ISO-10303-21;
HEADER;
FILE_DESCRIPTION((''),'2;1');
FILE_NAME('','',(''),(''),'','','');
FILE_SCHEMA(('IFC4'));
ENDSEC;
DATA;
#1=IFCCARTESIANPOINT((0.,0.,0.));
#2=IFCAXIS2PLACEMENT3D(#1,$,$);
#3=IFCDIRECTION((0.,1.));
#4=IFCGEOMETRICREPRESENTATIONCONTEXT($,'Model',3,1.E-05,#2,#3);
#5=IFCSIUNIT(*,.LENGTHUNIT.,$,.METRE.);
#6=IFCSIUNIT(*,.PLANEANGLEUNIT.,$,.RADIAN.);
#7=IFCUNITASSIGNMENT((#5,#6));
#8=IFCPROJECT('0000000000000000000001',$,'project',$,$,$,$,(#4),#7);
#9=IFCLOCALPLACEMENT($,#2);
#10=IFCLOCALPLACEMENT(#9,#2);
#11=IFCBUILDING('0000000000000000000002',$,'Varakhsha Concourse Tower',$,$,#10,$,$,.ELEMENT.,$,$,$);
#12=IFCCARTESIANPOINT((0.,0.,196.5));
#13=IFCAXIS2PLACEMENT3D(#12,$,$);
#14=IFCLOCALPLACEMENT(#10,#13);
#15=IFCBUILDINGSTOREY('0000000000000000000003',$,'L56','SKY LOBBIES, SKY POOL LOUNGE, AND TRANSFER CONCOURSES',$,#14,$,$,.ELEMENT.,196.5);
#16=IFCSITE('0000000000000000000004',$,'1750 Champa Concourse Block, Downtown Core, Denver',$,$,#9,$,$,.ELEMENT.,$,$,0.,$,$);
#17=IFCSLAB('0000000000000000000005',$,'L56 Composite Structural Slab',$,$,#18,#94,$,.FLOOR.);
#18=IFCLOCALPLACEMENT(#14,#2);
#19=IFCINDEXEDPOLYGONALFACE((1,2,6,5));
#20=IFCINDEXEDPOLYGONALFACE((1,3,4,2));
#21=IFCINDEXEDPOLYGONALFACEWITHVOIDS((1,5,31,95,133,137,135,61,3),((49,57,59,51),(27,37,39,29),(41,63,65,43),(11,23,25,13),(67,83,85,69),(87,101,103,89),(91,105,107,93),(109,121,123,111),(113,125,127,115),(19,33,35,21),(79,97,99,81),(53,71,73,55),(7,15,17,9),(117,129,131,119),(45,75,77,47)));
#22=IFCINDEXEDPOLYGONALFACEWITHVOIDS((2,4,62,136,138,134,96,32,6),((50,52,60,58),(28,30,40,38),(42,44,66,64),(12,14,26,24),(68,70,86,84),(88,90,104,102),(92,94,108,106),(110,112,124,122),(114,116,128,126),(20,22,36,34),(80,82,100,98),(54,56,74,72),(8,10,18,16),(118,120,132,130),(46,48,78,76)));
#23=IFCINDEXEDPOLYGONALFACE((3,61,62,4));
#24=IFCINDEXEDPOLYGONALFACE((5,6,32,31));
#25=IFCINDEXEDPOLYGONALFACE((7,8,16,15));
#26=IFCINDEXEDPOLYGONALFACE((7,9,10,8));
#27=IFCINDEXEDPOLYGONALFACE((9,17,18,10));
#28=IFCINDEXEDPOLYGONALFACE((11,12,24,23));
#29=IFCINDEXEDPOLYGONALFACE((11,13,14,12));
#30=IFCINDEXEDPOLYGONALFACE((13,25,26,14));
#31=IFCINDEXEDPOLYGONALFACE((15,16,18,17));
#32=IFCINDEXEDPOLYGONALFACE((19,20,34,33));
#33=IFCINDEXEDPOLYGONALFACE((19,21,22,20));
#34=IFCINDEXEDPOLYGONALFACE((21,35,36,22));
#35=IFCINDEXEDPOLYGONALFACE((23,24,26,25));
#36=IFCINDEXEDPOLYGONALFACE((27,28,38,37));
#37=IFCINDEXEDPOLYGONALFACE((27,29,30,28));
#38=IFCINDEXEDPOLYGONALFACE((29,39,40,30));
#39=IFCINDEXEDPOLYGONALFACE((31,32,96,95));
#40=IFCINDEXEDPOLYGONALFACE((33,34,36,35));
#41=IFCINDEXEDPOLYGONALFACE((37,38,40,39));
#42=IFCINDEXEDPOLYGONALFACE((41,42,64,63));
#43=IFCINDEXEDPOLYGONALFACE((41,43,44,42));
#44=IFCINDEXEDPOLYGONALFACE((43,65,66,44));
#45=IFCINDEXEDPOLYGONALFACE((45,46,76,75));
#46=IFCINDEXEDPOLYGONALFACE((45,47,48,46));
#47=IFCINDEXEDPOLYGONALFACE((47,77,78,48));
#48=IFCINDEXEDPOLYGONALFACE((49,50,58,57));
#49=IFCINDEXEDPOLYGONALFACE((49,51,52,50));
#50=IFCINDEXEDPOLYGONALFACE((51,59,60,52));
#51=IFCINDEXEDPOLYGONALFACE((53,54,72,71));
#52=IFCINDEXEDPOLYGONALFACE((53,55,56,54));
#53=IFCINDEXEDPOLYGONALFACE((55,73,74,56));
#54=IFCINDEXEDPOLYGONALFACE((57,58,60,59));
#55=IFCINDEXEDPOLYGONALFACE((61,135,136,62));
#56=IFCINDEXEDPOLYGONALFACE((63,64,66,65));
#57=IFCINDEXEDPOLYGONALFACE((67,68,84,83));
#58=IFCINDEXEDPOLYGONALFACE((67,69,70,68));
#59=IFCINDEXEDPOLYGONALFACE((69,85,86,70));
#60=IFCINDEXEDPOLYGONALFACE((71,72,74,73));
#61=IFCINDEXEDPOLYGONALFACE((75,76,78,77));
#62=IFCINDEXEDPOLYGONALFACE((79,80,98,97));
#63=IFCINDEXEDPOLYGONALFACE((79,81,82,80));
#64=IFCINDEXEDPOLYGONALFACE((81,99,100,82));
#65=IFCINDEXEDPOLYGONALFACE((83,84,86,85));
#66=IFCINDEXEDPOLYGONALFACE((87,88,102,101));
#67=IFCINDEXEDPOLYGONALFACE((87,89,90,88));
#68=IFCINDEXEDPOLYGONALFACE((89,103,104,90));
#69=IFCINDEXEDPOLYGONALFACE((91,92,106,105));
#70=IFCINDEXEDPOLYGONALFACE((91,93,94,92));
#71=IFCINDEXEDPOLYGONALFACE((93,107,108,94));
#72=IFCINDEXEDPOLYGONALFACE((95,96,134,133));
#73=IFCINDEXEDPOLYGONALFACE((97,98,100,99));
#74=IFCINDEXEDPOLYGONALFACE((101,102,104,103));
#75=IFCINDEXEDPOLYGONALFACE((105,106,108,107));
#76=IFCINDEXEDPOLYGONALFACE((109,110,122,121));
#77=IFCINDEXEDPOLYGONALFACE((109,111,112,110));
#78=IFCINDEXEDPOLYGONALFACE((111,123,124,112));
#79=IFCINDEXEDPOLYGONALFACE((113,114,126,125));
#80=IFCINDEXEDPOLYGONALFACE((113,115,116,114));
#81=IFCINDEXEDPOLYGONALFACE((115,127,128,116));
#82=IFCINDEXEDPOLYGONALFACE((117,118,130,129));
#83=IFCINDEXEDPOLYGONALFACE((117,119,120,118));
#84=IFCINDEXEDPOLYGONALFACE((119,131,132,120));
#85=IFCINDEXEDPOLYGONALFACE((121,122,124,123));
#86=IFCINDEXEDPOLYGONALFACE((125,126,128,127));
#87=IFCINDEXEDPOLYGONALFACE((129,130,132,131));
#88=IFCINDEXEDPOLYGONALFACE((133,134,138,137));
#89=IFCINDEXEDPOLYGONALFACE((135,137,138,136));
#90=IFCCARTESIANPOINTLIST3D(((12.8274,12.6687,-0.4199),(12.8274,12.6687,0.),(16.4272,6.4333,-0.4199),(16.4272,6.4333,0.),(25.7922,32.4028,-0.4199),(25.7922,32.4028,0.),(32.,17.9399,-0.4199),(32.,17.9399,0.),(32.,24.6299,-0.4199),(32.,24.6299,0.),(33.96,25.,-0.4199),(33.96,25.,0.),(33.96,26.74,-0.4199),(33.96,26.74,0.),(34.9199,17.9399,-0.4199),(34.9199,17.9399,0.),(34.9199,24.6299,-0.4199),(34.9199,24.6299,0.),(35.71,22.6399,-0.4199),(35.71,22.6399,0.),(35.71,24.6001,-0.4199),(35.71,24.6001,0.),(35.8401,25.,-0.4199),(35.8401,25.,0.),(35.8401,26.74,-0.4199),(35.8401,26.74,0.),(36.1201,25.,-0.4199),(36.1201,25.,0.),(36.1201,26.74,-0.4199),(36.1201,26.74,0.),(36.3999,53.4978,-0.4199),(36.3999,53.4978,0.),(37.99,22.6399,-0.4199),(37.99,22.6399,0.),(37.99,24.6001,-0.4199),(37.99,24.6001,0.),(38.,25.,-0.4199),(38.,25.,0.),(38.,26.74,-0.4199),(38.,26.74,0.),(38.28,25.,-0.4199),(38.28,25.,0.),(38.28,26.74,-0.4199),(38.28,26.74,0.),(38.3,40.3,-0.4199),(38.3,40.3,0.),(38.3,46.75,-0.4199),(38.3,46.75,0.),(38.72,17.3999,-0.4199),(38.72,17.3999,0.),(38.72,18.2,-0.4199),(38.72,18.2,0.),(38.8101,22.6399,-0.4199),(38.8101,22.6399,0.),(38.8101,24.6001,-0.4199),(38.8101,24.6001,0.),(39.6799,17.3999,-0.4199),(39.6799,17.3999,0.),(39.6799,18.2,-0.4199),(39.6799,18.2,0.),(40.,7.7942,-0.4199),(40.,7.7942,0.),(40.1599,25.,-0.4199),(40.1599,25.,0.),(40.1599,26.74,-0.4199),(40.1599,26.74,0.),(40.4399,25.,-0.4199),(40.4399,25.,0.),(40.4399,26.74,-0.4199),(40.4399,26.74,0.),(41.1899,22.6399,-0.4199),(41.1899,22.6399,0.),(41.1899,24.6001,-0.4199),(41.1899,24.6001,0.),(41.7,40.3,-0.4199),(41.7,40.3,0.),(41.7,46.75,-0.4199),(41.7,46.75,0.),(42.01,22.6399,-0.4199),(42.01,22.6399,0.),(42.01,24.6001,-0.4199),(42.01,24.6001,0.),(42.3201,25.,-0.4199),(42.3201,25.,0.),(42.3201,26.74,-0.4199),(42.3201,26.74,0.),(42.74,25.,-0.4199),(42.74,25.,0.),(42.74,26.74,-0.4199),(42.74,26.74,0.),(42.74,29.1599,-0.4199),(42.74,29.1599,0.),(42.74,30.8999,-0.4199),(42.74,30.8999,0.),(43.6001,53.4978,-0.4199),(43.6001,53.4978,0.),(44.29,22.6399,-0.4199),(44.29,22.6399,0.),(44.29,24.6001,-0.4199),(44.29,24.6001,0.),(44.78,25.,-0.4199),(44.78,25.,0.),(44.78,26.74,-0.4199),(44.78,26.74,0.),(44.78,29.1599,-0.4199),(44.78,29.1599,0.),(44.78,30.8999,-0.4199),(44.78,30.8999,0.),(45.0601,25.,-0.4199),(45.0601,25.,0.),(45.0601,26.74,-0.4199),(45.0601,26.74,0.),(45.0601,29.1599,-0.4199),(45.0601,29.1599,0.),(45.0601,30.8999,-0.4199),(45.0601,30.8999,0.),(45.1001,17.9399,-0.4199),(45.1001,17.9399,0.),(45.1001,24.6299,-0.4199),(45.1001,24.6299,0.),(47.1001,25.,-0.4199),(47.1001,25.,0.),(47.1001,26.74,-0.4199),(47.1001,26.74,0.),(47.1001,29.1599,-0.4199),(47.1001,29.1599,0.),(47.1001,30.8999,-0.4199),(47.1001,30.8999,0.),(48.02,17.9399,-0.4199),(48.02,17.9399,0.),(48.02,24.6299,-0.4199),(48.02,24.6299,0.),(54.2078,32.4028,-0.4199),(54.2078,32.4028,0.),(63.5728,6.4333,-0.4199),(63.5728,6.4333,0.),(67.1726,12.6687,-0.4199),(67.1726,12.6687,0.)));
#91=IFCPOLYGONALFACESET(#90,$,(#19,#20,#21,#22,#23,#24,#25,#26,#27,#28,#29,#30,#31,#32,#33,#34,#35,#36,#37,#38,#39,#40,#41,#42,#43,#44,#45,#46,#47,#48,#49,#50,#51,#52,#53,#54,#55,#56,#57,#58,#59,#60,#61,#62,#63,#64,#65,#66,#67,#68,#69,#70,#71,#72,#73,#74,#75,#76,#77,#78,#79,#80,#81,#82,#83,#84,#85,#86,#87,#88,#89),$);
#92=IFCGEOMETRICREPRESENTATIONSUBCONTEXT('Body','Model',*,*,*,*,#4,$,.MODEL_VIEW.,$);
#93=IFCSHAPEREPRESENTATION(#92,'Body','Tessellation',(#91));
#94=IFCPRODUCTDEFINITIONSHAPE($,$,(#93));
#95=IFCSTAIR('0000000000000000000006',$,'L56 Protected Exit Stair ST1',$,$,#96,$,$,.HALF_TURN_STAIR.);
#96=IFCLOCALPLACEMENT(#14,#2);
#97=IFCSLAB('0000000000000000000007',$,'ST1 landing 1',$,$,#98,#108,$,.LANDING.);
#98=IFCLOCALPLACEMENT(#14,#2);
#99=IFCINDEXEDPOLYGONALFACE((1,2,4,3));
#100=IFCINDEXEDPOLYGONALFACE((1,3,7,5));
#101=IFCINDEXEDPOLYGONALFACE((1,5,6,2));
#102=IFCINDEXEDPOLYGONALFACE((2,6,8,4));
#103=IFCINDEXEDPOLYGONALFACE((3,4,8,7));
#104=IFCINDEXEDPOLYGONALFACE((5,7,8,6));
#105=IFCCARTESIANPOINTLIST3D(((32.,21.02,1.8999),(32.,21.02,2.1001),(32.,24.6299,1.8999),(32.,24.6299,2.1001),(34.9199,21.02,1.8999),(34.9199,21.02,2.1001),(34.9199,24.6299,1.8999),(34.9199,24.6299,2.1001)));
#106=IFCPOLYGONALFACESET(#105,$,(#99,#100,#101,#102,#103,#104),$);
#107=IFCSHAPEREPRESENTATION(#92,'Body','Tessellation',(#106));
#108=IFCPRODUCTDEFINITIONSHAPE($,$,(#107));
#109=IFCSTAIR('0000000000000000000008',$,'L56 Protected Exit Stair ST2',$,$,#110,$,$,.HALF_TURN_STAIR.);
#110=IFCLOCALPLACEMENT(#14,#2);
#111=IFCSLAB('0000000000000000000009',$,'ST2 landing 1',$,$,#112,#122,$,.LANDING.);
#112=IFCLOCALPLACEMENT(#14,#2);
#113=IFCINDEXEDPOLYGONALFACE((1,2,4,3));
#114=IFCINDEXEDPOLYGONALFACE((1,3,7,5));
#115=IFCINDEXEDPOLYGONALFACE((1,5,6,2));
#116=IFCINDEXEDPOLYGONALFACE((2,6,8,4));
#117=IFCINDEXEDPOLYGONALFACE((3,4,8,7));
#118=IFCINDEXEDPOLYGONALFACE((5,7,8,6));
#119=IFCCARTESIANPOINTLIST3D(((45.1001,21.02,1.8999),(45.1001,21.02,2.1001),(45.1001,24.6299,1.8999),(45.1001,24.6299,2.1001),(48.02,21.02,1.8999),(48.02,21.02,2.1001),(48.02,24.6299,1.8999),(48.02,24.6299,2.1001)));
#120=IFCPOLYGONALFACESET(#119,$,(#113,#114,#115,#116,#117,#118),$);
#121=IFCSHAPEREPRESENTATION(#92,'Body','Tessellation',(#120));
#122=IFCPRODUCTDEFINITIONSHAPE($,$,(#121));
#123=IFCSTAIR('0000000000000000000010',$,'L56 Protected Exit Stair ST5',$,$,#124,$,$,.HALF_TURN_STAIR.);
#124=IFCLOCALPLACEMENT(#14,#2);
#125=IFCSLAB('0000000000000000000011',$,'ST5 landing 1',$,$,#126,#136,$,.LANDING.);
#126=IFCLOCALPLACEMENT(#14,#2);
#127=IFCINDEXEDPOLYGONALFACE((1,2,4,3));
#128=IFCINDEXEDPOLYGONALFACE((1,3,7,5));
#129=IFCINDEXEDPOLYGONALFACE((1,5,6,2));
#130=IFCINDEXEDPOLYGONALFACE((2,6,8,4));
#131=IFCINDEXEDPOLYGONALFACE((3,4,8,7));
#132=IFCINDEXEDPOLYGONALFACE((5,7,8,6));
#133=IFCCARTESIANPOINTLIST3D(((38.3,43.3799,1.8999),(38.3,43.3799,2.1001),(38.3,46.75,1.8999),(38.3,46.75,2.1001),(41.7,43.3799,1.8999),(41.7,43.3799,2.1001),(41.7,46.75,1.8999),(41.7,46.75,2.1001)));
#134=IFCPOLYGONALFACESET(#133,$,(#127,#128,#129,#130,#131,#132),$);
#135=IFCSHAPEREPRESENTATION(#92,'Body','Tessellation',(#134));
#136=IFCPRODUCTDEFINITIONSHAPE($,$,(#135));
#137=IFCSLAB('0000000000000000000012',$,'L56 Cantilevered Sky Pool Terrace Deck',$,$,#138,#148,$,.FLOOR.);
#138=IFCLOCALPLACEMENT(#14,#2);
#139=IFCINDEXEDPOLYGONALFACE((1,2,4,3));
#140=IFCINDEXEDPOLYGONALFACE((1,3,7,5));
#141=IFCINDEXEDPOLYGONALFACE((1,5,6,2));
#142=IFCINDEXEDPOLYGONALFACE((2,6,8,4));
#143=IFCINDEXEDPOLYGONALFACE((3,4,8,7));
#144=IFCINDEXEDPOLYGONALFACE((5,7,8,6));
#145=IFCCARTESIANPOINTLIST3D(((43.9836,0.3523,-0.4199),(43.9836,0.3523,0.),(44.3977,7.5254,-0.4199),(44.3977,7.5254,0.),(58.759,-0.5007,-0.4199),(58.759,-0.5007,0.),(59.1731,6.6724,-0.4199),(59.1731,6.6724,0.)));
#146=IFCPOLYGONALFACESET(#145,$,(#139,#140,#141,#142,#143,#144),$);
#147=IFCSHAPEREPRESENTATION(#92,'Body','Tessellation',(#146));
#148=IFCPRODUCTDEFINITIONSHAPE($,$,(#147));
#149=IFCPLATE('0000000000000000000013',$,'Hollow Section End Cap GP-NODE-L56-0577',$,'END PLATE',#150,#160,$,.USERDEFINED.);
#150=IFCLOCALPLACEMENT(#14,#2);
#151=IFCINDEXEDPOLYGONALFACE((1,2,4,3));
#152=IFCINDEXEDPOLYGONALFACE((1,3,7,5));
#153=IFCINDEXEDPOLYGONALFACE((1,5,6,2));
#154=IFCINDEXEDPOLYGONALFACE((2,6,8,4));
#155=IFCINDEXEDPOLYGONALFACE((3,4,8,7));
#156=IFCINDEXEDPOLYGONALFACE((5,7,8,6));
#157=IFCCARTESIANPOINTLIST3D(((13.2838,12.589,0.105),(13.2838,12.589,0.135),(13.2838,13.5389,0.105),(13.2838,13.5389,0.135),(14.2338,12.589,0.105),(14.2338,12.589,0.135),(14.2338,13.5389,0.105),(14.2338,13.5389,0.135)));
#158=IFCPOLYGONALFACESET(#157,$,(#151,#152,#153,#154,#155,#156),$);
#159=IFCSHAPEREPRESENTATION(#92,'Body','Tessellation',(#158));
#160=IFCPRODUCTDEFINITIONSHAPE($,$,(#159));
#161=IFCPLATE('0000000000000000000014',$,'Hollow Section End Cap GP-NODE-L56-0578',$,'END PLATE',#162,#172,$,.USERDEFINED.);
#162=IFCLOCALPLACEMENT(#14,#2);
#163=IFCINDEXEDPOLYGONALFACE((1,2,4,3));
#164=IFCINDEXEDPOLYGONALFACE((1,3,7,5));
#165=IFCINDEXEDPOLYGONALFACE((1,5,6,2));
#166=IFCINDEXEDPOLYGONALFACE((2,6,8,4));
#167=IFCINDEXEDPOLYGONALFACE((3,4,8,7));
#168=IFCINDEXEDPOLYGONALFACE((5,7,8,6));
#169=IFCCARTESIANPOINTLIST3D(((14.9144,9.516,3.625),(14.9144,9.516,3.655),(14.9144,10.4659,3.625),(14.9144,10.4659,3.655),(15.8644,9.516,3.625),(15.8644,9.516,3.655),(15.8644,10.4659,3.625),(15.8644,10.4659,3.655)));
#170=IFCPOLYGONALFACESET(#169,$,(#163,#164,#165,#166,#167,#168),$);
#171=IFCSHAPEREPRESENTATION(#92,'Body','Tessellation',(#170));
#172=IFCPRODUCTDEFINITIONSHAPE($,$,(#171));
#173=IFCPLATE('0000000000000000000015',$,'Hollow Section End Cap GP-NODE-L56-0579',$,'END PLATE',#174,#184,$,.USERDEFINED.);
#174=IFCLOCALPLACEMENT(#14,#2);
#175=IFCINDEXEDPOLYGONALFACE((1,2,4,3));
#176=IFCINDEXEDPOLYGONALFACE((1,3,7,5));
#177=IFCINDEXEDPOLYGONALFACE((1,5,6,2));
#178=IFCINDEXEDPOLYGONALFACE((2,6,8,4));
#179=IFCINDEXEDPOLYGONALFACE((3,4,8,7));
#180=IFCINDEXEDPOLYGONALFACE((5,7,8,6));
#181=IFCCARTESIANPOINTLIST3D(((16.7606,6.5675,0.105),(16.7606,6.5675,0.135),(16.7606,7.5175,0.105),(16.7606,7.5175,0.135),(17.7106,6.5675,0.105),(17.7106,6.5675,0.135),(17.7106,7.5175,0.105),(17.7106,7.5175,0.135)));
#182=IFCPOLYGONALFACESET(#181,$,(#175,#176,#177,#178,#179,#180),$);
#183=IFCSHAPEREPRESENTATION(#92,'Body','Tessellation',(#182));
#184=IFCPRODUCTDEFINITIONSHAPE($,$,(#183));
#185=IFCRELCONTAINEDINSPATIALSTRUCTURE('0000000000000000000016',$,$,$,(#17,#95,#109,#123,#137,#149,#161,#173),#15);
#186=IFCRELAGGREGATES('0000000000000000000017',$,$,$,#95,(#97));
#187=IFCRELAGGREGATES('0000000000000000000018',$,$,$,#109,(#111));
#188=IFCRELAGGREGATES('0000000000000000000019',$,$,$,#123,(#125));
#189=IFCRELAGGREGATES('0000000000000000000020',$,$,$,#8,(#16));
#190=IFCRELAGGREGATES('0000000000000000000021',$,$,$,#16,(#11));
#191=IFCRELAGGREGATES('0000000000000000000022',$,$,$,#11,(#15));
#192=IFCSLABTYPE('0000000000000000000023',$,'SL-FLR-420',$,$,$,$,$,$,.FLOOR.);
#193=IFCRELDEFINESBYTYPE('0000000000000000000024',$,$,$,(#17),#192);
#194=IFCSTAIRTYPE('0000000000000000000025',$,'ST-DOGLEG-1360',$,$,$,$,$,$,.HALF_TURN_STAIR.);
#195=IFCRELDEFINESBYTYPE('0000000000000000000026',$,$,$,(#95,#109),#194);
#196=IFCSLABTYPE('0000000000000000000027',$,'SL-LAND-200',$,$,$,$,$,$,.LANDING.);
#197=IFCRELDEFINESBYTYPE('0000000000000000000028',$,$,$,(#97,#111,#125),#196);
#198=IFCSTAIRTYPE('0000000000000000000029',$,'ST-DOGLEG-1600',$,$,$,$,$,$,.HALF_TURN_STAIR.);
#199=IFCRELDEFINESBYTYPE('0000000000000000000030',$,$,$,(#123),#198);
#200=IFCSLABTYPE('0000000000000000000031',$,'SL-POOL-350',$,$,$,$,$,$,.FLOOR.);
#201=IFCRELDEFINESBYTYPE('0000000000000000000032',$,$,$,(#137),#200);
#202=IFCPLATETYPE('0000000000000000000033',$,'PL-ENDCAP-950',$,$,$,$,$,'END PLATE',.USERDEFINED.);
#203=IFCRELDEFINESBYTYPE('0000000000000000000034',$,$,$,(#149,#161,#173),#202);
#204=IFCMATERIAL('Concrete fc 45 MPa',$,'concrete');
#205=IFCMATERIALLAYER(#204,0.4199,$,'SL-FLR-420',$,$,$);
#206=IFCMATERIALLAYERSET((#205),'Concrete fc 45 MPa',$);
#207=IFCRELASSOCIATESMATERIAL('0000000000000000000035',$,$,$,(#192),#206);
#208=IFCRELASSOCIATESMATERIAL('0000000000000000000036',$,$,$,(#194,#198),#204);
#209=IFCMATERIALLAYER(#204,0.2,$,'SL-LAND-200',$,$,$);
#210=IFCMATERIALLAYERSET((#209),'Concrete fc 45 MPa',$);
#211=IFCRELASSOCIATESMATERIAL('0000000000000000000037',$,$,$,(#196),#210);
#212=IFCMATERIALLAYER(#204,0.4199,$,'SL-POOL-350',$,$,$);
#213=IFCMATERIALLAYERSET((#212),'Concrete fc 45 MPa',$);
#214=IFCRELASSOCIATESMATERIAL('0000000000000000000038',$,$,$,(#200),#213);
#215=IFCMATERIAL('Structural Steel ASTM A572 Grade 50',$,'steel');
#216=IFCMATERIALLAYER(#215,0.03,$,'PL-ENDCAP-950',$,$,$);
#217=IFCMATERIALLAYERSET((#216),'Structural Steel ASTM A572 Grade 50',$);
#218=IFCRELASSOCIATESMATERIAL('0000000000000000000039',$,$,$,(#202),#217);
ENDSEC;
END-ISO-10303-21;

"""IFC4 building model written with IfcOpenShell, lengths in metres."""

from ifc_helpers import new_model, si_unit, direction, frame, origin, origin_2d, place, context, subcontext, project, spatial, polyline, rectangle, outline, extrude, source, transform, mapped, material, layer, layer_set, type_object, type_shapes, element, aggregate, save


model = new_model("IFC4")

# Units and contexts
model_context = context("Model", 3, precision=1e-05, world=origin(), true_north=direction((0.0, 1.0)))
body_context = subcontext(model_context, "Body", "Model", "MODEL_VIEW")
ifc_project = project(units=[si_unit("LENGTHUNIT", "METRE"), si_unit("PLANEANGLEUNIT", "RADIAN")], contexts=[model_context])

# Site, building, storey
site_placement = place(None, origin())
site = spatial("IfcSite", under=ifc_project, at=site_placement, Name="1750 Champa Concourse Block, Downtown Core, Denver", CompositionType="ELEMENT", RefElevation=0.0)
building_placement = place(site_placement, origin())
building = spatial("IfcBuilding", under=site, at=building_placement, Name="Varakhsha Concourse Tower", CompositionType="ELEMENT")
storey_placement = place(building_placement, frame((0.0, 0.0, 196.5)))
storey = spatial("IfcBuildingStorey", under=building, at=storey_placement, Name="L56", Description="SKY LOBBIES, SKY POOL LOUNGE, AND TRANSFER CONCOURSES", CompositionType="ELEMENT", Elevation=196.5)

# Shared definitions
ifc_material_1 = material(Name="Structural Steel ASTM A572 Grade 50", Category="steel")

# Slab
ifc_material_2 = material(Name="Concrete fc 45 MPa", Category="concrete")
ifc_layer_1 = layer(ifc_material_2, 0.4199, Name="SL-FLR-420")
ifc_layer_set_1 = layer_set([ifc_layer_1], Name="Concrete fc 45 MPa")
slab_type_1 = type_object("IfcSlabType", Name="SL-FLR-420", PredefinedType="FLOOR", material=ifc_layer_set_1)
slab_1_placement = place(storey_placement, frame((0.0, 0.0, -0.4199)))
element("IfcSlab", 1, at=slab_1_placement, inside=storey, type_object=slab_type_1, Name="L56 Composite Structural Slab", PredefinedType="FLOOR", context=body_context, shape_type="SweptSolid", body=[
    extrude(outline(polyline([(43.6001, 53.4978), (36.3999, 53.4978), (25.7922, 32.4028), (12.8274, 12.6687), (16.4272, 6.4333), (40.0, 7.7942), (63.5728, 6.4333), (67.1726, 12.6687), (54.2078, 32.4028), (43.6001, 53.4978)]), holes=[polyline([(34.9199, 17.9399), (34.9199, 24.6299), (32.0, 24.6299), (32.0, 17.9399), (34.9199, 17.9399)]), polyline([(48.02, 17.9399), (48.02, 24.6299), (45.1001, 24.6299), (45.1001, 17.9399), (48.02, 17.9399)]), polyline([(41.7, 40.3), (41.7, 46.75), (38.3, 46.75), (38.3, 40.3), (41.7, 40.3)]), polyline([(33.96, 25.0), (35.8401, 25.0), (35.8401, 26.74), (33.96, 26.74), (33.96, 25.0)]), polyline([(36.1201, 25.0), (38.0, 25.0), (38.0, 26.74), (36.1201, 26.74), (36.1201, 25.0)]), polyline([(38.28, 25.0), (40.1599, 25.0), (40.1599, 26.74), (38.28, 26.74), (38.28, 25.0)]), polyline([(40.4399, 25.0), (42.3201, 25.0), (42.3201, 26.74), (40.4399, 26.74), (40.4399, 25.0)]), polyline([(42.74, 29.1599), (44.78, 29.1599), (44.78, 30.8999), (42.74, 30.8999), (42.74, 29.1599)]), polyline([(45.0601, 29.1599), (47.1001, 29.1599), (47.1001, 30.8999), (45.0601, 30.8999), (45.0601, 29.1599)]), polyline([(42.74, 25.0), (44.78, 25.0), (44.78, 26.74), (42.74, 26.74), (42.74, 25.0)]), polyline([(45.0601, 25.0), (47.1001, 25.0), (47.1001, 26.74), (45.0601, 26.74), (45.0601, 25.0)]), polyline([(35.71, 22.6399), (37.99, 22.6399), (37.99, 24.6001), (35.71, 24.6001), (35.71, 22.6399)]), polyline([(42.01, 22.6399), (44.29, 22.6399), (44.29, 24.6001), (42.01, 24.6001), (42.01, 22.6399)]), polyline([(38.8101, 22.6399), (41.1899, 22.6399), (41.1899, 24.6001), (38.8101, 24.6001), (38.8101, 22.6399)]), polyline([(38.72, 17.3999), (39.6799, 17.3999), (39.6799, 18.2), (38.72, 18.2), (38.72, 17.3999)])]), origin(), (0.0, 0.0, 1.0), 0.4199),
])

# Stairs, slabs
stair_type_1 = type_object("IfcStairType", Name="ST-DOGLEG-1360", PredefinedType="HALF_TURN_STAIR", material=ifc_material_2)
stair_1_placement = place(storey_placement, origin())
stair_1 = element("IfcStair", 2, at=stair_1_placement, inside=storey, type_object=stair_type_1, Name="L56 Protected Exit Stair ST1", PredefinedType="HALF_TURN_STAIR")
ifc_layer_2 = layer(ifc_material_2, 0.2, Name="SL-LAND-200")
ifc_layer_set_2 = layer_set([ifc_layer_2], Name="Concrete fc 45 MPa")
slab_type_2 = type_object("IfcSlabType", Name="SL-LAND-200", PredefinedType="LANDING", material=ifc_layer_set_2)
slab_2_placement = place(storey_placement, frame((0.0, 0.0, 1.8999)))
slab_2 = element("IfcSlab", 3, at=slab_2_placement, type_object=slab_type_2, Name="ST1 landing 1", PredefinedType="LANDING", context=body_context, shape_type="SweptSolid", body=[
    extrude(outline(polyline([(34.9199, 21.02), (34.9199, 24.6299), (32.0, 24.6299), (32.0, 21.02), (34.9199, 21.02)])), origin(), (0.0, 0.0, 1.0), 0.2002),
])
aggregate(stair_1, [slab_2])
stair_2_placement = place(storey_placement, origin())
stair_2 = element("IfcStair", 4, at=stair_2_placement, inside=storey, type_object=stair_type_1, Name="L56 Protected Exit Stair ST2", PredefinedType="HALF_TURN_STAIR")
slab_3_placement = place(storey_placement, frame((0.0, 0.0, 1.8999)))
slab_3 = element("IfcSlab", 5, at=slab_3_placement, type_object=slab_type_2, Name="ST2 landing 1", PredefinedType="LANDING", context=body_context, shape_type="SweptSolid", body=[
    extrude(outline(polyline([(48.02, 21.02), (48.02, 24.6299), (45.1001, 24.6299), (45.1001, 21.02), (48.02, 21.02)])), origin(), (0.0, 0.0, 1.0), 0.2002),
])
aggregate(stair_2, [slab_3])
stair_type_2 = type_object("IfcStairType", Name="ST-DOGLEG-1600", PredefinedType="HALF_TURN_STAIR", material=ifc_material_2)
stair_3_placement = place(storey_placement, origin())
stair_3 = element("IfcStair", 6, at=stair_3_placement, inside=storey, type_object=stair_type_2, Name="L56 Protected Exit Stair ST5", PredefinedType="HALF_TURN_STAIR")
slab_4_placement = place(storey_placement, frame((0.0, 0.0, 1.8999)))
slab_4 = element("IfcSlab", 7, at=slab_4_placement, type_object=slab_type_2, Name="ST5 landing 1", PredefinedType="LANDING", context=body_context, shape_type="SweptSolid", body=[
    extrude(outline(polyline([(41.7, 43.3799), (41.7, 46.75), (38.3, 46.75), (38.3, 43.3799), (41.7, 43.3799)])), origin(), (0.0, 0.0, 1.0), 0.2002),
])
aggregate(stair_3, [slab_4])

# Slab
ifc_layer_3 = layer(ifc_material_2, 0.4199, Name="SL-POOL-350")
ifc_layer_set_3 = layer_set([ifc_layer_3], Name="Concrete fc 45 MPa")
slab_type_3 = type_object("IfcSlabType", Name="SL-POOL-350", PredefinedType="FLOOR", material=ifc_layer_set_3)
slab_5_placement = place(storey_placement, frame((0.0, 0.0, -0.4199)))
element("IfcSlab", 8, at=slab_5_placement, inside=storey, type_object=slab_type_3, Name="L56 Cantilevered Sky Pool Terrace Deck", PredefinedType="FLOOR", context=body_context, shape_type="SweptSolid", body=[
    extrude(outline(polyline([(44.3977, 7.5254), (59.1731, 6.6724), (58.759, -0.5007), (43.9836, 0.3523), (44.3977, 7.5254)])), origin(), (0.0, 0.0, 1.0), 0.4199),
])

# Plates
ifc_layer_4 = layer(ifc_material_1, 0.03, Name="PL-ENDCAP-950")
ifc_layer_set_4 = layer_set([ifc_layer_4], Name="Structural Steel ASTM A572 Grade 50")
plate_type_1 = type_object("IfcPlateType", Name="PL-ENDCAP-950", ElementType="END PLATE", PredefinedType="USERDEFINED", material=ifc_layer_set_4)
shared_shape_1 = source(origin(), body_context, "Body", "SweptSolid", [
    extrude(rectangle(XDim=0.95, YDim=0.95, at=origin_2d()), origin(), (0.0, 0.0, 1.0), 0.03),
])
type_shapes(plate_type_1, [shared_shape_1])
for number, where, z_axis, x_axis, name in (
    (9, (13.7588, 13.064, 0.105), (0.0, 0.0, 1.0), (1.0, 0.0, 0.0), "Hollow Section End Cap GP-NODE-L56-0577"),
    (10, (15.3894, 9.991, 3.625), (0.0, 0.0, 1.0), (1.0, 0.0, 0.0), "Hollow Section End Cap GP-NODE-L56-0578"),
    (11, (17.2356, 7.0425, 0.105), (0.0, 0.0, 1.0), (1.0, 0.0, 0.0), "Hollow Section End Cap GP-NODE-L56-0579"),
):
    element("IfcPlate", number, at=place(storey_placement, frame(where, z_axis=z_axis, x_axis=x_axis)), inside=storey, type_object=plate_type_1, Name=name, ObjectType="END PLATE", PredefinedType="USERDEFINED", context=body_context, shape_type="MappedRepresentation", body=[
        mapped(shared_shape_1, transform((0.0, 0.0, 0.0), scale=1.0)),
    ])

save(model, "model.ifc")
